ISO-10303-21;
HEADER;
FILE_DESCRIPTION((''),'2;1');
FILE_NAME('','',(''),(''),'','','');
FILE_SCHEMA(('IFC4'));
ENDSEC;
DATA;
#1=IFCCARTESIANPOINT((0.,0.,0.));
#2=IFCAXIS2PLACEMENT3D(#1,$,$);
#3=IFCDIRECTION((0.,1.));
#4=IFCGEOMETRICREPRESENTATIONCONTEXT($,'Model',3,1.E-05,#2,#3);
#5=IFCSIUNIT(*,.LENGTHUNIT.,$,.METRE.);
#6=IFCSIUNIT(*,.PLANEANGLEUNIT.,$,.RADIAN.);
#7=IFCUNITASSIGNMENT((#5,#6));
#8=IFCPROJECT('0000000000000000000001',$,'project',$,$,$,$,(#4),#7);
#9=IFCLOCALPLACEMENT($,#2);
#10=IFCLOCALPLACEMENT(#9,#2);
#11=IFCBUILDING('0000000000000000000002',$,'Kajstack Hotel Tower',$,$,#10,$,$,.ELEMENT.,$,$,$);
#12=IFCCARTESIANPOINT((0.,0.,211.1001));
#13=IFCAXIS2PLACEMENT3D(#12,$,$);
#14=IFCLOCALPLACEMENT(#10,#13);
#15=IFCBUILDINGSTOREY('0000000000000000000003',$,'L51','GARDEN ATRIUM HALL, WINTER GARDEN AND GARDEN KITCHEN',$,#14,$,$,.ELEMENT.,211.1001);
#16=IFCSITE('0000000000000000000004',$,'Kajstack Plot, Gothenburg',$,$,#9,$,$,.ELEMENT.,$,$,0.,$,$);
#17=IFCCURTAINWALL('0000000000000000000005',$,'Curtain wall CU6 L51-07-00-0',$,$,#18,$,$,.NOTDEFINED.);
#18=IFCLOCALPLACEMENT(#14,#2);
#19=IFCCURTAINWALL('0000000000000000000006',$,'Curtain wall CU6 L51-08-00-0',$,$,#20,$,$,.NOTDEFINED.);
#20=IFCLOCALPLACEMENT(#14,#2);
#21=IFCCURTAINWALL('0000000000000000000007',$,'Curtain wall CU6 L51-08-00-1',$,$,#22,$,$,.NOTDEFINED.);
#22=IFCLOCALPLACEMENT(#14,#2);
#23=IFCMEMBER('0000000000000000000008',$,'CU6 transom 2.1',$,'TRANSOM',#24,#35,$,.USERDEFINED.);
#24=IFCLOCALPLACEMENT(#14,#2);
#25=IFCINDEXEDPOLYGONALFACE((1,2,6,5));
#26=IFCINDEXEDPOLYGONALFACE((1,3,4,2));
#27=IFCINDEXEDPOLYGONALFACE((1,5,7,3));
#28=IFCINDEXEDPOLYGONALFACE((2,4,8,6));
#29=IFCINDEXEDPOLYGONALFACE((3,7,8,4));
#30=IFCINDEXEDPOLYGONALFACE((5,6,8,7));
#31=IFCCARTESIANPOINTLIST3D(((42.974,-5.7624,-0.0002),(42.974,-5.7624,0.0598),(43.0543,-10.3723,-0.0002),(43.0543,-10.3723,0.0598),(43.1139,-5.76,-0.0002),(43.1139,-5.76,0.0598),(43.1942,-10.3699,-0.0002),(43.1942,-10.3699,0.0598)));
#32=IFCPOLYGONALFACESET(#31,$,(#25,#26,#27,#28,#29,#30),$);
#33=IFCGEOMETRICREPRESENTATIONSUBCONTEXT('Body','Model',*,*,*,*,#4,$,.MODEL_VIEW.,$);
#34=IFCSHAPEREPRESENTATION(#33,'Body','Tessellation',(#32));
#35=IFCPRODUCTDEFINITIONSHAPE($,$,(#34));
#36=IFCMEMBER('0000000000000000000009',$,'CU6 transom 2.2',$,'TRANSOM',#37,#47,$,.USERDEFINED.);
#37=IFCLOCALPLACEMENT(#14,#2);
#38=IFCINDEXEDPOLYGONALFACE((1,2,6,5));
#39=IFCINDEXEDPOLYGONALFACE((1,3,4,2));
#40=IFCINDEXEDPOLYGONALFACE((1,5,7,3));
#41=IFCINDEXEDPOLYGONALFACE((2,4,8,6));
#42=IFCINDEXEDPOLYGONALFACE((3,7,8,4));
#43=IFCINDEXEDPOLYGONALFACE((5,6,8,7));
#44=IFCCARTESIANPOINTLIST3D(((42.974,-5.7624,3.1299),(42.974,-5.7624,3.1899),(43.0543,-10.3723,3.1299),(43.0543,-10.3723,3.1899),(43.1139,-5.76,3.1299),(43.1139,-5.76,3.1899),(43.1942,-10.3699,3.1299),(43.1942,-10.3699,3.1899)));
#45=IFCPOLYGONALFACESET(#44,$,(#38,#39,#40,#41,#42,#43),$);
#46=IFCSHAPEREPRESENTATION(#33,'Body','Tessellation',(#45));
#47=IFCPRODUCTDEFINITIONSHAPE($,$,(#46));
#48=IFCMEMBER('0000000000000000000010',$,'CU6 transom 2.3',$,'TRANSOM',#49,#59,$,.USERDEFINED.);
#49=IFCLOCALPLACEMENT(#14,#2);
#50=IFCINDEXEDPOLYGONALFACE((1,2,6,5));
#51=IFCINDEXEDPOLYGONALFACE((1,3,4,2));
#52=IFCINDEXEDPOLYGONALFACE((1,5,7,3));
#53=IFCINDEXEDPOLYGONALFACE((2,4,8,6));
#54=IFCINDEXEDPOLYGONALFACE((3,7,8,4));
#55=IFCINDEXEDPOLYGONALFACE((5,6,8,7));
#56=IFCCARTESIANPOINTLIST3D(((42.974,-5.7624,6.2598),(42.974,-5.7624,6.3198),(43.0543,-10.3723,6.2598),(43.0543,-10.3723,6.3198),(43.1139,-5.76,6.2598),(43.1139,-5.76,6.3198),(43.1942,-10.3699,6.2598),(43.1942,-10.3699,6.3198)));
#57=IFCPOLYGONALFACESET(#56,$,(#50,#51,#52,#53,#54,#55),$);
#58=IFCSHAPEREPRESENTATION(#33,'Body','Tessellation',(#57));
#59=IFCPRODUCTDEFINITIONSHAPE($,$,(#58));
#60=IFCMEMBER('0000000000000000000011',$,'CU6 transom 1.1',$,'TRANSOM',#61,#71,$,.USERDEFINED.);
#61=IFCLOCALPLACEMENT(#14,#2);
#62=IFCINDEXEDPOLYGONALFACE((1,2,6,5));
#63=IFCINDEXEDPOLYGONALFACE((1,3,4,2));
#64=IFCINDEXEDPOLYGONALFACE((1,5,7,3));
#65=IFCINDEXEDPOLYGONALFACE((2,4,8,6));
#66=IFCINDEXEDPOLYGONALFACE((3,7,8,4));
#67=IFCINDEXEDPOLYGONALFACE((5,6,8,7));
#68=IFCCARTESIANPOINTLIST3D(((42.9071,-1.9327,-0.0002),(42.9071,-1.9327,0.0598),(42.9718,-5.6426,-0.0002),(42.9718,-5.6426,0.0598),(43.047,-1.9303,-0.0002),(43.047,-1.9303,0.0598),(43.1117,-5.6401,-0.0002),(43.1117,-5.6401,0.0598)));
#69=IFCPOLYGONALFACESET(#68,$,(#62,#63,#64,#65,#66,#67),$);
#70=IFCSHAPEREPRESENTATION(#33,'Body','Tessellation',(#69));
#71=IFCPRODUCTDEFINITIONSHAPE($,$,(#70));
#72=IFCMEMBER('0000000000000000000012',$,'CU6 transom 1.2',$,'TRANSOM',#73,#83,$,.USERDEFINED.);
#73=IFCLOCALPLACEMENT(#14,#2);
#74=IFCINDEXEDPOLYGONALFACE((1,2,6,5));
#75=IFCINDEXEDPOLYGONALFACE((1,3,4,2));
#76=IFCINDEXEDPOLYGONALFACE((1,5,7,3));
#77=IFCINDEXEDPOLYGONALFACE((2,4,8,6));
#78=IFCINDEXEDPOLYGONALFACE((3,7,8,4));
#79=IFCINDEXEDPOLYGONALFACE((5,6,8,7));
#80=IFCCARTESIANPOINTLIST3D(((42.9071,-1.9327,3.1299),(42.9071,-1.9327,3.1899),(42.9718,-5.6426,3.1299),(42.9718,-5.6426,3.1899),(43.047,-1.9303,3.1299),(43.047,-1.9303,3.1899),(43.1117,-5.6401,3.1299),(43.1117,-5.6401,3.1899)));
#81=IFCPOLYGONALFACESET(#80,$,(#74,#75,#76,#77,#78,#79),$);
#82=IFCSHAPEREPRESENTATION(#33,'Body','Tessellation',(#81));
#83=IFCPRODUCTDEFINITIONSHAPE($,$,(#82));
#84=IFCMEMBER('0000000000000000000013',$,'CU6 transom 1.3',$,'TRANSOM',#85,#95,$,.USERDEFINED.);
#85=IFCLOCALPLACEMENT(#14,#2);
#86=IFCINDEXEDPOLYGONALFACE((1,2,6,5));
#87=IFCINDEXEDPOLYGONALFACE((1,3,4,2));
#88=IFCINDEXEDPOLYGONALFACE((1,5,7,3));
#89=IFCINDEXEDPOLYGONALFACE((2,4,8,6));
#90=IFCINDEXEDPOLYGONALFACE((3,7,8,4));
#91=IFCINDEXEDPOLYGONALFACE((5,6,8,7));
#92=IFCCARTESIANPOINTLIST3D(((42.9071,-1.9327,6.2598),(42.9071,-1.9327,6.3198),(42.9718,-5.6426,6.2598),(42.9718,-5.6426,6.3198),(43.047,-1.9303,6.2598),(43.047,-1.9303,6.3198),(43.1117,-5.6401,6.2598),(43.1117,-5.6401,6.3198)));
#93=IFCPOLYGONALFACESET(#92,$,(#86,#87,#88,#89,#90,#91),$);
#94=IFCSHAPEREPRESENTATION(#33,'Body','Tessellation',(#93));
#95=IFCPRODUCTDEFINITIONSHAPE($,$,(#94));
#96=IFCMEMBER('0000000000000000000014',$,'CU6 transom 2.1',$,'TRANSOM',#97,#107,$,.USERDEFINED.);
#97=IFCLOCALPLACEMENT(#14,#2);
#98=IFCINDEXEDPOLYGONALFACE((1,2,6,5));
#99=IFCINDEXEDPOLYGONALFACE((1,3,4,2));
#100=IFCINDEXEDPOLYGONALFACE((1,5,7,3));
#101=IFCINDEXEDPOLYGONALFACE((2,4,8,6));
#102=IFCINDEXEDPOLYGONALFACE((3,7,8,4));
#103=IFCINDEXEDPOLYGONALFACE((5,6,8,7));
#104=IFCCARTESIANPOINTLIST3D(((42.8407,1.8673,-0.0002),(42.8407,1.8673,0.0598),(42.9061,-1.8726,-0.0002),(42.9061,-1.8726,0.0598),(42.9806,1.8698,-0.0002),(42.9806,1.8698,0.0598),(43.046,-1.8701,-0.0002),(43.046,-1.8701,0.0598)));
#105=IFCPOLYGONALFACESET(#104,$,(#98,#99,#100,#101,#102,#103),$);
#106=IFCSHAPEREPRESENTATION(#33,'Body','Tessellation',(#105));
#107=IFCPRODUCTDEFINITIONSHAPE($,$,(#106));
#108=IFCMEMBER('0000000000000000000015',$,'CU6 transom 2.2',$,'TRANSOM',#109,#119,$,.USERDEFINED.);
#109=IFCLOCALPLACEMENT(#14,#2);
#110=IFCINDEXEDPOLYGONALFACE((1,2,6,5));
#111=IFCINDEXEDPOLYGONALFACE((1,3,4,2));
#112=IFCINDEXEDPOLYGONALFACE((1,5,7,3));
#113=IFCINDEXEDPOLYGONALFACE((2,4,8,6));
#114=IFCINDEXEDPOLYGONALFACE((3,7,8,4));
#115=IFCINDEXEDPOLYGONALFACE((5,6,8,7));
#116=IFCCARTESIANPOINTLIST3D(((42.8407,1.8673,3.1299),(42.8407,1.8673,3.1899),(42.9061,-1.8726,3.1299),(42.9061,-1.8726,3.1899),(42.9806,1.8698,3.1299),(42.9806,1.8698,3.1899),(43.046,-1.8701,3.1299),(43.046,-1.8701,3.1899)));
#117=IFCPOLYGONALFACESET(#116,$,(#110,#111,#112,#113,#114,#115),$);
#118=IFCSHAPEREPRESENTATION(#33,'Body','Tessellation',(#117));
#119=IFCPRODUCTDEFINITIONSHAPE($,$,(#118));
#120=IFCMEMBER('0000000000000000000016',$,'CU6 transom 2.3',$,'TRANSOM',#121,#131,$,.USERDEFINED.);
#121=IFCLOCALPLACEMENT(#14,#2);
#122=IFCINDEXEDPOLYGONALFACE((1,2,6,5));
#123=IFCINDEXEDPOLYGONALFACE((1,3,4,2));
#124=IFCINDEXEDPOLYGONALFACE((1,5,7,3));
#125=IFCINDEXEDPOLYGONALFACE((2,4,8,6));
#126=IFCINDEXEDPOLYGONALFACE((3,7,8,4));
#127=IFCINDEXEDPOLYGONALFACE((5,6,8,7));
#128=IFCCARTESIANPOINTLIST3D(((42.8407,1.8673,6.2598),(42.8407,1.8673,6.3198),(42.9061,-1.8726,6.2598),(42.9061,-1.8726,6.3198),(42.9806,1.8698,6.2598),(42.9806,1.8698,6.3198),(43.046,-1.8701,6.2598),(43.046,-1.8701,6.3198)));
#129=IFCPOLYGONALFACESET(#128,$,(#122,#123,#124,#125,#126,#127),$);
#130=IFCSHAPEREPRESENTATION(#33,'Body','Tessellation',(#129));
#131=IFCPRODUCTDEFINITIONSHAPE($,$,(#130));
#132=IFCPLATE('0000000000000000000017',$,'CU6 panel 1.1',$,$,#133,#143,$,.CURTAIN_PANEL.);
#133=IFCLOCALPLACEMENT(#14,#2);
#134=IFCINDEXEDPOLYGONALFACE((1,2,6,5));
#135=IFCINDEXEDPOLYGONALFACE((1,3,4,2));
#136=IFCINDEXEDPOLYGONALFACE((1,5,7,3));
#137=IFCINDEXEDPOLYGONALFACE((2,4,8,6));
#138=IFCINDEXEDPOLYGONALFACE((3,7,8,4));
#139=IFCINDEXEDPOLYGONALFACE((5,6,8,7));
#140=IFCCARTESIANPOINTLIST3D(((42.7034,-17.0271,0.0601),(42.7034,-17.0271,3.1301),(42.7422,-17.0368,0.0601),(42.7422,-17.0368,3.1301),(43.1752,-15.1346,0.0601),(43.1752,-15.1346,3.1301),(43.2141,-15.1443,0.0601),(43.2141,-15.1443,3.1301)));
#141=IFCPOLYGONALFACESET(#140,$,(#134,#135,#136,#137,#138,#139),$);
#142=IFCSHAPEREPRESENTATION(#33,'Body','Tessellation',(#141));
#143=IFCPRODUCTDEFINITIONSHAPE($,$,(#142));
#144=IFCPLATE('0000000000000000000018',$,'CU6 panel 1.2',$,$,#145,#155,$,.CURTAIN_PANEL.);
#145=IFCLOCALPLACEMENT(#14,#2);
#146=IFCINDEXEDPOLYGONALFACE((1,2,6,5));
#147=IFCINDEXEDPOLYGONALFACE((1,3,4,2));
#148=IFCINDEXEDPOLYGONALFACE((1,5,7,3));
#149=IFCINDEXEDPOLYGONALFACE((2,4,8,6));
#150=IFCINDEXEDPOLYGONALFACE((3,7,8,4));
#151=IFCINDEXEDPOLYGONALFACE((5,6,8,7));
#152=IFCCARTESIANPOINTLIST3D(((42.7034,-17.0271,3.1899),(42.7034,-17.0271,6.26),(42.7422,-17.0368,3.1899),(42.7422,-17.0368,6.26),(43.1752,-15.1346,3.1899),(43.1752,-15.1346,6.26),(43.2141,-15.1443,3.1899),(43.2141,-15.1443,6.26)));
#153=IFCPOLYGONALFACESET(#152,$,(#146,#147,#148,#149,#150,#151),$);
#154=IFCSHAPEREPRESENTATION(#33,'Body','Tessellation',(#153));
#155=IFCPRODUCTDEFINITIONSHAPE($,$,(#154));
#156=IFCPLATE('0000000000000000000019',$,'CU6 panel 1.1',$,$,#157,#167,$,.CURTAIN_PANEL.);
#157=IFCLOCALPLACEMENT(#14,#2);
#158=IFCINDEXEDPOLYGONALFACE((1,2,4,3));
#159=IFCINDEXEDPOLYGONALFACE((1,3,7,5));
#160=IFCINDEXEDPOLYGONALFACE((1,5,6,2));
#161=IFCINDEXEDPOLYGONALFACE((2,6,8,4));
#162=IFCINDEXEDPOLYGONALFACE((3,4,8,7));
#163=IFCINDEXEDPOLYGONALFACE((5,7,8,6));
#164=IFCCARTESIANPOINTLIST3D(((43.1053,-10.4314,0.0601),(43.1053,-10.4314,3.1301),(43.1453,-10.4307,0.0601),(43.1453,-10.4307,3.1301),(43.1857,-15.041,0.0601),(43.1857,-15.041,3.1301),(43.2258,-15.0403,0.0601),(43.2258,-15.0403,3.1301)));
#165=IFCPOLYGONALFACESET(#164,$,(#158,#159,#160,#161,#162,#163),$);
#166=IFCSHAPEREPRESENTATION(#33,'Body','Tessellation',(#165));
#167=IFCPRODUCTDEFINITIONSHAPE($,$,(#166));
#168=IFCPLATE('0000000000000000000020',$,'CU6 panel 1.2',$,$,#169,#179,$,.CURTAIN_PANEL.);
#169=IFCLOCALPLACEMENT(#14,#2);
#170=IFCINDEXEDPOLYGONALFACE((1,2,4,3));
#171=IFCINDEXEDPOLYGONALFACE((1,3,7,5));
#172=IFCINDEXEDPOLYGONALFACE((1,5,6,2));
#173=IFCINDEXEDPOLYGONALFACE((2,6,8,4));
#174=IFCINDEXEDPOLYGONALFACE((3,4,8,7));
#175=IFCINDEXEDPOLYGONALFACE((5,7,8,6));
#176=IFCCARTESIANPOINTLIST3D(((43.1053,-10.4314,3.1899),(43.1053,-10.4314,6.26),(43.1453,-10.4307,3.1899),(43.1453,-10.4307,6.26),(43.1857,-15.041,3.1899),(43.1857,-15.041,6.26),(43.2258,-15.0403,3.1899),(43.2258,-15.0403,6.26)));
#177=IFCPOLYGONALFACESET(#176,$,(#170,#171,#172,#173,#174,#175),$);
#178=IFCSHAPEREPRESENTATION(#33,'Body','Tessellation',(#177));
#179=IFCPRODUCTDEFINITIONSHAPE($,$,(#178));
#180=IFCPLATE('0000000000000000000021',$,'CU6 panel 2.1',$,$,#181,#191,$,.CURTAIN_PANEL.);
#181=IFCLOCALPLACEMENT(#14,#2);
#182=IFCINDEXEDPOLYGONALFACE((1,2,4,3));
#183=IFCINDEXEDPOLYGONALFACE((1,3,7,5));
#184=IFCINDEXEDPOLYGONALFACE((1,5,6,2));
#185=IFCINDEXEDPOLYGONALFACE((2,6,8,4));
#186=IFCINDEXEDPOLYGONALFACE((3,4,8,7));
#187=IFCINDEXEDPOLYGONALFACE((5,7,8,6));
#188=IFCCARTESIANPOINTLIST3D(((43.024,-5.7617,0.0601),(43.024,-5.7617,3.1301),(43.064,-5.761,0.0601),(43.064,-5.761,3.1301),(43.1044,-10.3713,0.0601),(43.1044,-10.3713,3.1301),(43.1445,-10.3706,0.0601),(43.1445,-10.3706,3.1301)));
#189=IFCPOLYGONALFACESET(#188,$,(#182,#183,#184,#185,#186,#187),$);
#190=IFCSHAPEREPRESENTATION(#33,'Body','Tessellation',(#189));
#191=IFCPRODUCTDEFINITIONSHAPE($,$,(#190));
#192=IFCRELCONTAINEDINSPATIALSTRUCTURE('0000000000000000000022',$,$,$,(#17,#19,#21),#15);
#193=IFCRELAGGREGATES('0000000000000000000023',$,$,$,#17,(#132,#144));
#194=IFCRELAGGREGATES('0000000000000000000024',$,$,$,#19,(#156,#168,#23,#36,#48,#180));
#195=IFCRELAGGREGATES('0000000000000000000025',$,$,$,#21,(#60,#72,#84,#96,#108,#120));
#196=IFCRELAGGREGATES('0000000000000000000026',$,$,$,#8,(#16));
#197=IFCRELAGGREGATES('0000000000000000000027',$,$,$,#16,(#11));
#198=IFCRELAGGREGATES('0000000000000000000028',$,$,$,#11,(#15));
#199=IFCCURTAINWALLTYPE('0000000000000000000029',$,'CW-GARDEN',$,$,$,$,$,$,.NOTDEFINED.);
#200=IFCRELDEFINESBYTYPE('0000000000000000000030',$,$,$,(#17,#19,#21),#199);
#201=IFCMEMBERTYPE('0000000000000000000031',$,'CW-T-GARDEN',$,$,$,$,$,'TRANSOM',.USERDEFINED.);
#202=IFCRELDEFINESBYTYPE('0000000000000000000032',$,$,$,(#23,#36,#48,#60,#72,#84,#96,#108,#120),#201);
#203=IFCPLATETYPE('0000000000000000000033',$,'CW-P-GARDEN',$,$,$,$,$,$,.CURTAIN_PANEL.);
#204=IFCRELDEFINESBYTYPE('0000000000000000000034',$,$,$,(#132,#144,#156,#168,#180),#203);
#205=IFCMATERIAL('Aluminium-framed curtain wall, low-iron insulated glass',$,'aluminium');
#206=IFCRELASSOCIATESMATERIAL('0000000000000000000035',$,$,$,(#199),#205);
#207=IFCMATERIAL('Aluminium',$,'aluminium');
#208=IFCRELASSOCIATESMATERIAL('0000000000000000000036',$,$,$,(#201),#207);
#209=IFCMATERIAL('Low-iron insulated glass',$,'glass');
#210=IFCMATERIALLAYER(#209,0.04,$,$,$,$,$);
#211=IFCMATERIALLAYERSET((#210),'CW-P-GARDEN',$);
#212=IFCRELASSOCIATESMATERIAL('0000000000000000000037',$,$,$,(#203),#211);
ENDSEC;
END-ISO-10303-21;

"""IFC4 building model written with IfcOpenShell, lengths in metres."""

from ifc_helpers import new_model, si_unit, direction, frame, origin, origin_2d, place, context, subcontext, project, spatial, rectangle, extrude, material, layer, layer_set, material_profile, profile_set, type_object, element, aggregate, save


model = new_model("IFC4")

# Units and contexts
model_context = context("Model", 3, precision=1e-05, world=origin(), true_north=direction((0.0, 1.0)))
body_context = subcontext(model_context, "Body", "Model", "MODEL_VIEW")
ifc_project = project(units=[si_unit("LENGTHUNIT", "METRE"), si_unit("PLANEANGLEUNIT", "RADIAN")], contexts=[model_context])

# Site, building, storey
site_placement = place(None, origin())
site = spatial("IfcSite", under=ifc_project, at=site_placement, Name="Kajstack Plot, Gothenburg", CompositionType="ELEMENT", RefElevation=0.0)
building_placement = place(site_placement, origin())
building = spatial("IfcBuilding", under=site, at=building_placement, Name="Kajstack Hotel Tower", CompositionType="ELEMENT")
storey_placement = place(building_placement, frame((0.0, 0.0, 211.1001)))
storey = spatial("IfcBuildingStorey", under=building, at=storey_placement, Name="L51", Description="GARDEN ATRIUM HALL, WINTER GARDEN AND GARDEN KITCHEN", CompositionType="ELEMENT", Elevation=211.1001)

# Curtain wall
ifc_material_1 = material(Name="Aluminium-framed curtain wall, low-iron insulated glass", Category="aluminium")
curtain_wall_type = type_object("IfcCurtainWallType", Name="CW-GARDEN", PredefinedType="NOTDEFINED", material=ifc_material_1)
curtain_wall_1_placement = place(storey_placement, origin())
curtain_wall_1 = element("IfcCurtainWall", 1, at=curtain_wall_1_placement, inside=storey, type_object=curtain_wall_type, Name="Curtain wall CU6 L51-07-00-0", PredefinedType="NOTDEFINED")
ifc_material_2 = material(Name="Aluminium", Category="aluminium")

# Curtain walls
curtain_wall_2_placement = place(storey_placement, origin())
curtain_wall_2 = element("IfcCurtainWall", 2, at=curtain_wall_2_placement, inside=storey, type_object=curtain_wall_type, Name="Curtain wall CU6 L51-08-00-0", PredefinedType="NOTDEFINED")
curtain_wall_3_placement = place(storey_placement, origin())
curtain_wall_3 = element("IfcCurtainWall", 3, at=curtain_wall_3_placement, inside=storey, type_object=curtain_wall_type, Name="Curtain wall CU6 L51-08-00-1", PredefinedType="NOTDEFINED")

# Members
ifc_material_profile_1 = material_profile(ifc_material_2, rectangle(XDim=0.1399, YDim=0.0601, at=origin_2d()), Name="Aluminium transom 140 x 60")
ifc_profile_set_1 = profile_set([ifc_material_profile_1], Name="Aluminium")
member_type_1 = type_object("IfcMemberType", Name="CW-T-GARDEN", ElementType="TRANSOM", PredefinedType="USERDEFINED", material=ifc_profile_set_1)
member_1_placement = place(storey_placement, frame((43.1243, -10.3711, 0.0298), z_axis=(-0.017421, 0.999848, 0.0), x_axis=(-0.999848, -0.017421, 0.0)))
member_1 = element("IfcMember", 4, at=member_1_placement, type_object=member_type_1, Name="CU6 transom 2.1", ObjectType="TRANSOM", PredefinedType="USERDEFINED", context=body_context, shape_type="SweptSolid", body=[
    extrude(rectangle(XDim=0.1399, YDim=0.0601, at=origin_2d()), origin(), (0.0, 0.0, 1.0), 4.6106),
])
member_2_placement = place(storey_placement, frame((43.1243, -10.3711, 3.1599), z_axis=(-0.017421, 0.999848, 0.0), x_axis=(-0.999848, -0.017421, 0.0)))
member_2 = element("IfcMember", 5, at=member_2_placement, type_object=member_type_1, Name="CU6 transom 2.2", ObjectType="TRANSOM", PredefinedType="USERDEFINED", context=body_context, shape_type="SweptSolid", body=[
    extrude(rectangle(XDim=0.1399, YDim=0.0601, at=origin_2d()), origin(), (0.0, 0.0, 1.0), 4.6106),
])
member_3_placement = place(storey_placement, frame((43.1243, -10.3711, 6.2898), z_axis=(-0.017421, 0.999848, 0.0), x_axis=(-0.999848, -0.017421, 0.0)))
member_3 = element("IfcMember", 6, at=member_3_placement, type_object=member_type_1, Name="CU6 transom 2.3", ObjectType="TRANSOM", PredefinedType="USERDEFINED", context=body_context, shape_type="SweptSolid", body=[
    extrude(rectangle(XDim=0.1399, YDim=0.0601, at=origin_2d()), origin(), (0.0, 0.0, 1.0), 4.6106),
])
member_4_placement = place(storey_placement, frame((43.0417, -5.6414, 0.0298), z_axis=(-0.017436, 0.999848, 0.0), x_axis=(-0.999848, -0.017436, 0.0)))
member_4 = element("IfcMember", 7, at=member_4_placement, type_object=member_type_1, Name="CU6 transom 1.1", ObjectType="TRANSOM", PredefinedType="USERDEFINED", context=body_context, shape_type="SweptSolid", body=[
    extrude(rectangle(XDim=0.1399, YDim=0.0601, at=origin_2d()), origin(), (0.0, 0.0, 1.0), 3.7104),
])
member_5_placement = place(storey_placement, frame((43.0417, -5.6414, 3.1599), z_axis=(-0.017436, 0.999848, 0.0), x_axis=(-0.999848, -0.017436, 0.0)))
member_5 = element("IfcMember", 8, at=member_5_placement, type_object=member_type_1, Name="CU6 transom 1.2", ObjectType="TRANSOM", PredefinedType="USERDEFINED", context=body_context, shape_type="SweptSolid", body=[
    extrude(rectangle(XDim=0.1399, YDim=0.0601, at=origin_2d()), origin(), (0.0, 0.0, 1.0), 3.7104),
])
member_6_placement = place(storey_placement, frame((43.0417, -5.6414, 6.2898), z_axis=(-0.017436, 0.999848, 0.0), x_axis=(-0.999848, -0.017436, 0.0)))
member_6 = element("IfcMember", 9, at=member_6_placement, type_object=member_type_1, Name="CU6 transom 1.3", ObjectType="TRANSOM", PredefinedType="USERDEFINED", context=body_context, shape_type="SweptSolid", body=[
    extrude(rectangle(XDim=0.1399, YDim=0.0601, at=origin_2d()), origin(), (0.0, 0.0, 1.0), 3.7104),
])
member_7_placement = place(storey_placement, frame((42.9761, -1.8713, 0.0298), z_axis=(-0.017492, 0.999847, 0.0), x_axis=(-0.999847, -0.017492, 0.0)))
member_7 = element("IfcMember", 10, at=member_7_placement, type_object=member_type_1, Name="CU6 transom 2.1", ObjectType="TRANSOM", PredefinedType="USERDEFINED", context=body_context, shape_type="SweptSolid", body=[
    extrude(rectangle(XDim=0.1399, YDim=0.0601, at=origin_2d()), origin(), (0.0, 0.0, 1.0), 3.7405),
])
member_8_placement = place(storey_placement, frame((42.9761, -1.8713, 3.1599), z_axis=(-0.017492, 0.999847, 0.0), x_axis=(-0.999847, -0.017492, 0.0)))
member_8 = element("IfcMember", 11, at=member_8_placement, type_object=member_type_1, Name="CU6 transom 2.2", ObjectType="TRANSOM", PredefinedType="USERDEFINED", context=body_context, shape_type="SweptSolid", body=[
    extrude(rectangle(XDim=0.1399, YDim=0.0601, at=origin_2d()), origin(), (0.0, 0.0, 1.0), 3.7405),
])
member_9_placement = place(storey_placement, frame((42.9761, -1.8713, 6.2898), z_axis=(-0.017492, 0.999847, 0.0), x_axis=(-0.999847, -0.017492, 0.0)))
member_9 = element("IfcMember", 12, at=member_9_placement, type_object=member_type_1, Name="CU6 transom 2.3", ObjectType="TRANSOM", PredefinedType="USERDEFINED", context=body_context, shape_type="SweptSolid", body=[
    extrude(rectangle(XDim=0.1399, YDim=0.0601, at=origin_2d()), origin(), (0.0, 0.0, 1.0), 3.7405),
])

# Plates
ifc_material_3 = material(Name="Low-iron insulated glass", Category="glass")
ifc_layer = layer(ifc_material_3, 0.04)
ifc_layer_set = layer_set([ifc_layer], Name="CW-P-GARDEN")
plate_type = type_object("IfcPlateType", Name="CW-P-GARDEN", PredefinedType="CURTAIN_PANEL", material=ifc_layer_set)
plate_1_placement = place(storey_placement, frame((42.9587, -16.0857, 0.0601), z_axis=(0.0, 0.0, 1.0), x_axis=(0.241922, 0.970296, 0.0)))
plate_1 = element("IfcPlate", 13, at=plate_1_placement, type_object=plate_type, Name="CU6 panel 1.1", PredefinedType="CURTAIN_PANEL", context=body_context, shape_type="SweptSolid", body=[
    extrude(rectangle(XDim=1.9504, YDim=0.04, at=origin_2d()), origin(), (0.0, 0.0, 1.0), 3.0701),
])
plate_2_placement = place(storey_placement, frame((42.9587, -16.0857, 3.1899), z_axis=(0.0, 0.0, 1.0), x_axis=(0.241922, 0.970296, 0.0)))
plate_2 = element("IfcPlate", 14, at=plate_2_placement, type_object=plate_type, Name="CU6 panel 1.2", PredefinedType="CURTAIN_PANEL", context=body_context, shape_type="SweptSolid", body=[
    extrude(rectangle(XDim=1.9504, YDim=0.04, at=origin_2d()), origin(), (0.0, 0.0, 1.0), 3.0701),
])
aggregate(curtain_wall_1, [plate_1, plate_2])
plate_3_placement = place(storey_placement, frame((43.1655, -12.7358, 0.0601), z_axis=(0.0, 0.0, 1.0), x_axis=(-0.017454, 0.999848, 0.0)))
plate_3 = element("IfcPlate", 15, at=plate_3_placement, type_object=plate_type, Name="CU6 panel 1.1", PredefinedType="CURTAIN_PANEL", context=body_context, shape_type="SweptSolid", body=[
    extrude(rectangle(XDim=4.6104, YDim=0.04, at=origin_2d()), origin(), (0.0, 0.0, 1.0), 3.0701),
])
plate_4_placement = place(storey_placement, frame((43.1655, -12.7358, 3.1899), z_axis=(0.0, 0.0, 1.0), x_axis=(-0.017454, 0.999848, 0.0)))
plate_4 = element("IfcPlate", 16, at=plate_4_placement, type_object=plate_type, Name="CU6 panel 1.2", PredefinedType="CURTAIN_PANEL", context=body_context, shape_type="SweptSolid", body=[
    extrude(rectangle(XDim=4.6104, YDim=0.04, at=origin_2d()), origin(), (0.0, 0.0, 1.0), 3.0701),
])
plate_5_placement = place(storey_placement, frame((43.0842, -8.0662, 0.0601), z_axis=(0.0, 0.0, 1.0), x_axis=(-0.017454, 0.999848, 0.0)))
plate_5 = element("IfcPlate", 17, at=plate_5_placement, type_object=plate_type, Name="CU6 panel 2.1", PredefinedType="CURTAIN_PANEL", context=body_context, shape_type="SweptSolid", body=[
    extrude(rectangle(XDim=4.6104, YDim=0.04, at=origin_2d()), origin(), (0.0, 0.0, 1.0), 3.0701),
])
aggregate(curtain_wall_2, [plate_3, plate_4, member_1, member_2, member_3, plate_5])
aggregate(curtain_wall_3, [member_4, member_5, member_6, member_7, member_8, member_9])

save(model, "model.ifc")
